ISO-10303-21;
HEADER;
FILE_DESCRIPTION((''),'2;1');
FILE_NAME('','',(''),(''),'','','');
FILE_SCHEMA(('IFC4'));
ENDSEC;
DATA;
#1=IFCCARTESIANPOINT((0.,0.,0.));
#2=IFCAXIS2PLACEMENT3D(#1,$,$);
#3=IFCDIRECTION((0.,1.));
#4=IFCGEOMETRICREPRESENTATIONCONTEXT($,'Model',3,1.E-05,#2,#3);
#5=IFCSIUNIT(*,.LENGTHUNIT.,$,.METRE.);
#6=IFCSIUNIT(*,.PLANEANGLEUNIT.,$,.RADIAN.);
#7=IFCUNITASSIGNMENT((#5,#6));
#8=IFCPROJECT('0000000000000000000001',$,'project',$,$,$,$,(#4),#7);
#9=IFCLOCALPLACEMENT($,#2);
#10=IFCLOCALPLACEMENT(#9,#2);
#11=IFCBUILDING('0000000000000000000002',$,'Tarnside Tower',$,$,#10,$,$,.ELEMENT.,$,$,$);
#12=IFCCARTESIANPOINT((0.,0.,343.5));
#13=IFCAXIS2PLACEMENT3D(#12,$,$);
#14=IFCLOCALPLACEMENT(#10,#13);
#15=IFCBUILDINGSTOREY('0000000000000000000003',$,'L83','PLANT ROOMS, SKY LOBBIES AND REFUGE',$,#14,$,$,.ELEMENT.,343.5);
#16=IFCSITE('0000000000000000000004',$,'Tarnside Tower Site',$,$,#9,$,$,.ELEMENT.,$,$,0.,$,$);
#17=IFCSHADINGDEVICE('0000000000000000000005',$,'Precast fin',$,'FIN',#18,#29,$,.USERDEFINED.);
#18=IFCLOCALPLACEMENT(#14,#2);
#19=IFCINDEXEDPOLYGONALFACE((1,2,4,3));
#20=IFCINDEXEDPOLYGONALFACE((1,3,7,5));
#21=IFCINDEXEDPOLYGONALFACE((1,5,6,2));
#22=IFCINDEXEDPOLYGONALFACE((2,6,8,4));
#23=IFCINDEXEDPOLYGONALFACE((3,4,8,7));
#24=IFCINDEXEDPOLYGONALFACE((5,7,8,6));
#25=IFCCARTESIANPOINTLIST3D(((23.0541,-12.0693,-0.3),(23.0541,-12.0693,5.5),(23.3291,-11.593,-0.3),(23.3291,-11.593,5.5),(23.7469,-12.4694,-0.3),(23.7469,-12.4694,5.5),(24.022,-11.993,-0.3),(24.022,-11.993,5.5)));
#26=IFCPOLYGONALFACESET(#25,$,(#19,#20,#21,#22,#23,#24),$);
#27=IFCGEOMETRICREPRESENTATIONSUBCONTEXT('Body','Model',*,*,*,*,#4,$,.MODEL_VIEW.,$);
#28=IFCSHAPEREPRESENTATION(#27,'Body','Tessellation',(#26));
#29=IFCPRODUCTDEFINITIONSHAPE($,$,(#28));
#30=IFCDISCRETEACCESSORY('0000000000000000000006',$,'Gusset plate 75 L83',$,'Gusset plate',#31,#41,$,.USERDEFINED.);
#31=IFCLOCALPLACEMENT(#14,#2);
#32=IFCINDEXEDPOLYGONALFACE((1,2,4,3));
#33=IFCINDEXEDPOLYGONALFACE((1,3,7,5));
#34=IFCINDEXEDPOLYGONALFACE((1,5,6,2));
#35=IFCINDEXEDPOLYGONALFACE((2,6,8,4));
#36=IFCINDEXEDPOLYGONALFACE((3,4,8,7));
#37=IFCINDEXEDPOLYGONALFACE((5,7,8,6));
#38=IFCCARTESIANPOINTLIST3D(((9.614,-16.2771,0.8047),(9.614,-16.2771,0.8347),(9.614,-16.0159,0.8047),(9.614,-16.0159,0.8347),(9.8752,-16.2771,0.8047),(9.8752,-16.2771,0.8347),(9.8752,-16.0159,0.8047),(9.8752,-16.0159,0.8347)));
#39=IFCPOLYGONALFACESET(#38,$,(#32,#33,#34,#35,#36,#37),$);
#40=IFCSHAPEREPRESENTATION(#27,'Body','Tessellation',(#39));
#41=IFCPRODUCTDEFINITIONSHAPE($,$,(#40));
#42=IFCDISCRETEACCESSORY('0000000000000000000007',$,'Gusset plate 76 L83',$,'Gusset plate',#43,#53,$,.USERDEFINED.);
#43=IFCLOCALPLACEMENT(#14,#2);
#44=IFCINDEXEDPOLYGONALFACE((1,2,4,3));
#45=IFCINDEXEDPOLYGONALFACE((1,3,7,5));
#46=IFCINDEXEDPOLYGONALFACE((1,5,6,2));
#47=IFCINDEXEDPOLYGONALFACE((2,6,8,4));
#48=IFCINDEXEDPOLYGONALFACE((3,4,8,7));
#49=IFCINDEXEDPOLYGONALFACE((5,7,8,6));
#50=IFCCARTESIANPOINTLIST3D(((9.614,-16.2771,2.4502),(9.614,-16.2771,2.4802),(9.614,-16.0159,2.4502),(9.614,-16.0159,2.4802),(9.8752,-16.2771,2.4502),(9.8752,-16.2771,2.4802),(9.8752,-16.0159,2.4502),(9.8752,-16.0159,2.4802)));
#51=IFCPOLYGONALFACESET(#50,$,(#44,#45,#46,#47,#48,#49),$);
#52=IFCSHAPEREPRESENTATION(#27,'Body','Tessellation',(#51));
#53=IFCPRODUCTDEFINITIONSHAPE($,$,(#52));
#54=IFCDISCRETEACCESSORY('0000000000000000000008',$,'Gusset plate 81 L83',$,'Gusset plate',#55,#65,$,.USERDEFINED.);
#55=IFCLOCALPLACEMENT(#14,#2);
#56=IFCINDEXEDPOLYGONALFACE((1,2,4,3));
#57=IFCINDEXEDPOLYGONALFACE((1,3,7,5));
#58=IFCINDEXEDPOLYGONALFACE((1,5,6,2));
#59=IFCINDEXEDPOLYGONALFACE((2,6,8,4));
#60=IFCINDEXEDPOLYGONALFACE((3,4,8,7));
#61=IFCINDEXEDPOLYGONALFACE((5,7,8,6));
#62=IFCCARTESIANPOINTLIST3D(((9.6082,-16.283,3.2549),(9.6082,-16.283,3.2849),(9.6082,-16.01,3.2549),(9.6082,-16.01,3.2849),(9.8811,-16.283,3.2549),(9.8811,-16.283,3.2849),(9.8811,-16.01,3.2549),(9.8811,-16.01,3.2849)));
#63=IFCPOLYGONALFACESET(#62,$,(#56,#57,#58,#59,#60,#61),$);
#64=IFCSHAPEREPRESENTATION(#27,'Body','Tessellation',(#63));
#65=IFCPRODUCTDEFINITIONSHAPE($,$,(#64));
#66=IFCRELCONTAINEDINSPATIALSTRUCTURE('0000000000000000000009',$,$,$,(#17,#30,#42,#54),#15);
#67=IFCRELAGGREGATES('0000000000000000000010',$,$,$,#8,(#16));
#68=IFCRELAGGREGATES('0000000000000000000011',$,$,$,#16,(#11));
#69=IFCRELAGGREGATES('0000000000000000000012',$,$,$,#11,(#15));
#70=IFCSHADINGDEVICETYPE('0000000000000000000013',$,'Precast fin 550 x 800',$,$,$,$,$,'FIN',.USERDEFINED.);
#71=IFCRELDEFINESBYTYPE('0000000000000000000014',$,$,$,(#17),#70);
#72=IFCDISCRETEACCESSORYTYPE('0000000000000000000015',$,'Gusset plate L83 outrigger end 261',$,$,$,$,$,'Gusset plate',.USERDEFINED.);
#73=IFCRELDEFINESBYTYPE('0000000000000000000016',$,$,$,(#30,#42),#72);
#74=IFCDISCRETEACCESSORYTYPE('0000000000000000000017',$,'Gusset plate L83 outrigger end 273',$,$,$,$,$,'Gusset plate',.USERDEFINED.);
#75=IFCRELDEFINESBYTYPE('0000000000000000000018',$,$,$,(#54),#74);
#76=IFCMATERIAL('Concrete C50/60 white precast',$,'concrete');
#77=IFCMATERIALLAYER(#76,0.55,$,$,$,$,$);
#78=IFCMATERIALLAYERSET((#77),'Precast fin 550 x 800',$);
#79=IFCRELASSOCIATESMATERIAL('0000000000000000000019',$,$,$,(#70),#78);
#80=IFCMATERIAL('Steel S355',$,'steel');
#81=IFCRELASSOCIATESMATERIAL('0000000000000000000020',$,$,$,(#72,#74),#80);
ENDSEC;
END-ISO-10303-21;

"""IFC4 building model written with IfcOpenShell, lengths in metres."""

from ifc_helpers import new_model, si_unit, direction, frame, origin, origin_2d, place, context, subcontext, project, spatial, polyline, rectangle, outline, extrude, material, layer, layer_set, type_object, element, save


model = new_model("IFC4")

# Units and contexts
model_context = context("Model", 3, precision=1e-05, world=origin(), true_north=direction((0.0, 1.0)))
body_context = subcontext(model_context, "Body", "Model", "MODEL_VIEW")
ifc_project = project(units=[si_unit("LENGTHUNIT", "METRE"), si_unit("PLANEANGLEUNIT", "RADIAN")], contexts=[model_context])

# Site, building, storey
site_placement = place(None, origin())
site = spatial("IfcSite", under=ifc_project, at=site_placement, Name="Tarnside Tower Site", CompositionType="ELEMENT", RefElevation=0.0)
building_placement = place(site_placement, origin())
building = spatial("IfcBuilding", under=site, at=building_placement, Name="Tarnside Tower", CompositionType="ELEMENT")
storey_placement = place(building_placement, frame((0.0, 0.0, 343.5)))
storey = spatial("IfcBuildingStorey", under=building, at=storey_placement, Name="L83", Description="PLANT ROOMS, SKY LOBBIES AND REFUGE", CompositionType="ELEMENT", Elevation=343.5)

# Shared definitions
ifc_material_1 = material(Name="Steel S355", Category="steel")

# Shading device
ifc_material_2 = material(Name="Concrete C50/60 white precast", Category="concrete")
ifc_layer_1 = layer(ifc_material_2, 0.55)
ifc_layer_set_1 = layer_set([ifc_layer_1], Name="Precast fin 550 x 800")
shading_device_type_1 = type_object("IfcShadingDeviceType", Name="Precast fin 550 x 800", ElementType="FIN", PredefinedType="USERDEFINED", material=ifc_layer_set_1)
for number, where, z_axis, x_axis, name in (
    (1, (23.1917, -11.8311, -0.3), (-0.5, -0.866025, 0.0), (0.866025, -0.5, 0.0), "Precast fin"),
):
    element("IfcShadingDevice", number, at=place(storey_placement, frame(where, z_axis=z_axis, x_axis=x_axis)), inside=storey, type_object=shading_device_type_1, Name=name, ObjectType="FIN", PredefinedType="USERDEFINED", context=body_context, shape_type="SweptSolid", body=[
        extrude(outline(polyline([(0.0, 0.0), (0.8, 0.0), (0.8, 5.8), (0.0, 5.8), (0.0, 0.0)])), frame((0.0, 0.0, -0.2749)), (0.0, 0.0, 1.0), 0.55),
    ])

# Discrete accessories
discrete_accessory_type_1 = type_object("IfcDiscreteAccessoryType", Name="Gusset plate L83 outrigger end 261", ElementType="Gusset plate", PredefinedType="USERDEFINED", material=ifc_material_1)
for number, where, z_axis, x_axis, name in (
    (2, (9.7446, -16.1465, 0.8047), (0.0, 0.0, 1.0), (1.0, 0.0, 0.0), "Gusset plate 75 L83"),
    (3, (9.7446, -16.1465, 2.4502), (0.0, 0.0, 1.0), (1.0, 0.0, 0.0), "Gusset plate 76 L83"),
):
    element("IfcDiscreteAccessory", number, at=place(storey_placement, frame(where, z_axis=z_axis, x_axis=x_axis)), inside=storey, type_object=discrete_accessory_type_1, Name=name, ObjectType="Gusset plate", PredefinedType="USERDEFINED", context=body_context, shape_type="SweptSolid", body=[
        extrude(rectangle(XDim=0.2612, YDim=0.2612, at=origin_2d()), origin(), (0.0, 0.0, 1.0), 0.03),
    ])
discrete_accessory_type_2 = type_object("IfcDiscreteAccessoryType", Name="Gusset plate L83 outrigger end 273", ElementType="Gusset plate", PredefinedType="USERDEFINED", material=ifc_material_1)
discrete_accessory_placement = place(storey_placement, frame((9.7446, -16.1465, 3.2549), z_axis=(0.0, 0.0, 1.0), x_axis=(1.0, 0.0, 0.0)))
element("IfcDiscreteAccessory", 4, at=discrete_accessory_placement, inside=storey, type_object=discrete_accessory_type_2, Name="Gusset plate 81 L83", ObjectType="Gusset plate", PredefinedType="USERDEFINED", context=body_context, shape_type="SweptSolid", body=[
    extrude(rectangle(XDim=0.2729, YDim=0.2729, at=origin_2d()), origin(), (0.0, 0.0, 1.0), 0.03),
])

save(model, "model.ifc")
